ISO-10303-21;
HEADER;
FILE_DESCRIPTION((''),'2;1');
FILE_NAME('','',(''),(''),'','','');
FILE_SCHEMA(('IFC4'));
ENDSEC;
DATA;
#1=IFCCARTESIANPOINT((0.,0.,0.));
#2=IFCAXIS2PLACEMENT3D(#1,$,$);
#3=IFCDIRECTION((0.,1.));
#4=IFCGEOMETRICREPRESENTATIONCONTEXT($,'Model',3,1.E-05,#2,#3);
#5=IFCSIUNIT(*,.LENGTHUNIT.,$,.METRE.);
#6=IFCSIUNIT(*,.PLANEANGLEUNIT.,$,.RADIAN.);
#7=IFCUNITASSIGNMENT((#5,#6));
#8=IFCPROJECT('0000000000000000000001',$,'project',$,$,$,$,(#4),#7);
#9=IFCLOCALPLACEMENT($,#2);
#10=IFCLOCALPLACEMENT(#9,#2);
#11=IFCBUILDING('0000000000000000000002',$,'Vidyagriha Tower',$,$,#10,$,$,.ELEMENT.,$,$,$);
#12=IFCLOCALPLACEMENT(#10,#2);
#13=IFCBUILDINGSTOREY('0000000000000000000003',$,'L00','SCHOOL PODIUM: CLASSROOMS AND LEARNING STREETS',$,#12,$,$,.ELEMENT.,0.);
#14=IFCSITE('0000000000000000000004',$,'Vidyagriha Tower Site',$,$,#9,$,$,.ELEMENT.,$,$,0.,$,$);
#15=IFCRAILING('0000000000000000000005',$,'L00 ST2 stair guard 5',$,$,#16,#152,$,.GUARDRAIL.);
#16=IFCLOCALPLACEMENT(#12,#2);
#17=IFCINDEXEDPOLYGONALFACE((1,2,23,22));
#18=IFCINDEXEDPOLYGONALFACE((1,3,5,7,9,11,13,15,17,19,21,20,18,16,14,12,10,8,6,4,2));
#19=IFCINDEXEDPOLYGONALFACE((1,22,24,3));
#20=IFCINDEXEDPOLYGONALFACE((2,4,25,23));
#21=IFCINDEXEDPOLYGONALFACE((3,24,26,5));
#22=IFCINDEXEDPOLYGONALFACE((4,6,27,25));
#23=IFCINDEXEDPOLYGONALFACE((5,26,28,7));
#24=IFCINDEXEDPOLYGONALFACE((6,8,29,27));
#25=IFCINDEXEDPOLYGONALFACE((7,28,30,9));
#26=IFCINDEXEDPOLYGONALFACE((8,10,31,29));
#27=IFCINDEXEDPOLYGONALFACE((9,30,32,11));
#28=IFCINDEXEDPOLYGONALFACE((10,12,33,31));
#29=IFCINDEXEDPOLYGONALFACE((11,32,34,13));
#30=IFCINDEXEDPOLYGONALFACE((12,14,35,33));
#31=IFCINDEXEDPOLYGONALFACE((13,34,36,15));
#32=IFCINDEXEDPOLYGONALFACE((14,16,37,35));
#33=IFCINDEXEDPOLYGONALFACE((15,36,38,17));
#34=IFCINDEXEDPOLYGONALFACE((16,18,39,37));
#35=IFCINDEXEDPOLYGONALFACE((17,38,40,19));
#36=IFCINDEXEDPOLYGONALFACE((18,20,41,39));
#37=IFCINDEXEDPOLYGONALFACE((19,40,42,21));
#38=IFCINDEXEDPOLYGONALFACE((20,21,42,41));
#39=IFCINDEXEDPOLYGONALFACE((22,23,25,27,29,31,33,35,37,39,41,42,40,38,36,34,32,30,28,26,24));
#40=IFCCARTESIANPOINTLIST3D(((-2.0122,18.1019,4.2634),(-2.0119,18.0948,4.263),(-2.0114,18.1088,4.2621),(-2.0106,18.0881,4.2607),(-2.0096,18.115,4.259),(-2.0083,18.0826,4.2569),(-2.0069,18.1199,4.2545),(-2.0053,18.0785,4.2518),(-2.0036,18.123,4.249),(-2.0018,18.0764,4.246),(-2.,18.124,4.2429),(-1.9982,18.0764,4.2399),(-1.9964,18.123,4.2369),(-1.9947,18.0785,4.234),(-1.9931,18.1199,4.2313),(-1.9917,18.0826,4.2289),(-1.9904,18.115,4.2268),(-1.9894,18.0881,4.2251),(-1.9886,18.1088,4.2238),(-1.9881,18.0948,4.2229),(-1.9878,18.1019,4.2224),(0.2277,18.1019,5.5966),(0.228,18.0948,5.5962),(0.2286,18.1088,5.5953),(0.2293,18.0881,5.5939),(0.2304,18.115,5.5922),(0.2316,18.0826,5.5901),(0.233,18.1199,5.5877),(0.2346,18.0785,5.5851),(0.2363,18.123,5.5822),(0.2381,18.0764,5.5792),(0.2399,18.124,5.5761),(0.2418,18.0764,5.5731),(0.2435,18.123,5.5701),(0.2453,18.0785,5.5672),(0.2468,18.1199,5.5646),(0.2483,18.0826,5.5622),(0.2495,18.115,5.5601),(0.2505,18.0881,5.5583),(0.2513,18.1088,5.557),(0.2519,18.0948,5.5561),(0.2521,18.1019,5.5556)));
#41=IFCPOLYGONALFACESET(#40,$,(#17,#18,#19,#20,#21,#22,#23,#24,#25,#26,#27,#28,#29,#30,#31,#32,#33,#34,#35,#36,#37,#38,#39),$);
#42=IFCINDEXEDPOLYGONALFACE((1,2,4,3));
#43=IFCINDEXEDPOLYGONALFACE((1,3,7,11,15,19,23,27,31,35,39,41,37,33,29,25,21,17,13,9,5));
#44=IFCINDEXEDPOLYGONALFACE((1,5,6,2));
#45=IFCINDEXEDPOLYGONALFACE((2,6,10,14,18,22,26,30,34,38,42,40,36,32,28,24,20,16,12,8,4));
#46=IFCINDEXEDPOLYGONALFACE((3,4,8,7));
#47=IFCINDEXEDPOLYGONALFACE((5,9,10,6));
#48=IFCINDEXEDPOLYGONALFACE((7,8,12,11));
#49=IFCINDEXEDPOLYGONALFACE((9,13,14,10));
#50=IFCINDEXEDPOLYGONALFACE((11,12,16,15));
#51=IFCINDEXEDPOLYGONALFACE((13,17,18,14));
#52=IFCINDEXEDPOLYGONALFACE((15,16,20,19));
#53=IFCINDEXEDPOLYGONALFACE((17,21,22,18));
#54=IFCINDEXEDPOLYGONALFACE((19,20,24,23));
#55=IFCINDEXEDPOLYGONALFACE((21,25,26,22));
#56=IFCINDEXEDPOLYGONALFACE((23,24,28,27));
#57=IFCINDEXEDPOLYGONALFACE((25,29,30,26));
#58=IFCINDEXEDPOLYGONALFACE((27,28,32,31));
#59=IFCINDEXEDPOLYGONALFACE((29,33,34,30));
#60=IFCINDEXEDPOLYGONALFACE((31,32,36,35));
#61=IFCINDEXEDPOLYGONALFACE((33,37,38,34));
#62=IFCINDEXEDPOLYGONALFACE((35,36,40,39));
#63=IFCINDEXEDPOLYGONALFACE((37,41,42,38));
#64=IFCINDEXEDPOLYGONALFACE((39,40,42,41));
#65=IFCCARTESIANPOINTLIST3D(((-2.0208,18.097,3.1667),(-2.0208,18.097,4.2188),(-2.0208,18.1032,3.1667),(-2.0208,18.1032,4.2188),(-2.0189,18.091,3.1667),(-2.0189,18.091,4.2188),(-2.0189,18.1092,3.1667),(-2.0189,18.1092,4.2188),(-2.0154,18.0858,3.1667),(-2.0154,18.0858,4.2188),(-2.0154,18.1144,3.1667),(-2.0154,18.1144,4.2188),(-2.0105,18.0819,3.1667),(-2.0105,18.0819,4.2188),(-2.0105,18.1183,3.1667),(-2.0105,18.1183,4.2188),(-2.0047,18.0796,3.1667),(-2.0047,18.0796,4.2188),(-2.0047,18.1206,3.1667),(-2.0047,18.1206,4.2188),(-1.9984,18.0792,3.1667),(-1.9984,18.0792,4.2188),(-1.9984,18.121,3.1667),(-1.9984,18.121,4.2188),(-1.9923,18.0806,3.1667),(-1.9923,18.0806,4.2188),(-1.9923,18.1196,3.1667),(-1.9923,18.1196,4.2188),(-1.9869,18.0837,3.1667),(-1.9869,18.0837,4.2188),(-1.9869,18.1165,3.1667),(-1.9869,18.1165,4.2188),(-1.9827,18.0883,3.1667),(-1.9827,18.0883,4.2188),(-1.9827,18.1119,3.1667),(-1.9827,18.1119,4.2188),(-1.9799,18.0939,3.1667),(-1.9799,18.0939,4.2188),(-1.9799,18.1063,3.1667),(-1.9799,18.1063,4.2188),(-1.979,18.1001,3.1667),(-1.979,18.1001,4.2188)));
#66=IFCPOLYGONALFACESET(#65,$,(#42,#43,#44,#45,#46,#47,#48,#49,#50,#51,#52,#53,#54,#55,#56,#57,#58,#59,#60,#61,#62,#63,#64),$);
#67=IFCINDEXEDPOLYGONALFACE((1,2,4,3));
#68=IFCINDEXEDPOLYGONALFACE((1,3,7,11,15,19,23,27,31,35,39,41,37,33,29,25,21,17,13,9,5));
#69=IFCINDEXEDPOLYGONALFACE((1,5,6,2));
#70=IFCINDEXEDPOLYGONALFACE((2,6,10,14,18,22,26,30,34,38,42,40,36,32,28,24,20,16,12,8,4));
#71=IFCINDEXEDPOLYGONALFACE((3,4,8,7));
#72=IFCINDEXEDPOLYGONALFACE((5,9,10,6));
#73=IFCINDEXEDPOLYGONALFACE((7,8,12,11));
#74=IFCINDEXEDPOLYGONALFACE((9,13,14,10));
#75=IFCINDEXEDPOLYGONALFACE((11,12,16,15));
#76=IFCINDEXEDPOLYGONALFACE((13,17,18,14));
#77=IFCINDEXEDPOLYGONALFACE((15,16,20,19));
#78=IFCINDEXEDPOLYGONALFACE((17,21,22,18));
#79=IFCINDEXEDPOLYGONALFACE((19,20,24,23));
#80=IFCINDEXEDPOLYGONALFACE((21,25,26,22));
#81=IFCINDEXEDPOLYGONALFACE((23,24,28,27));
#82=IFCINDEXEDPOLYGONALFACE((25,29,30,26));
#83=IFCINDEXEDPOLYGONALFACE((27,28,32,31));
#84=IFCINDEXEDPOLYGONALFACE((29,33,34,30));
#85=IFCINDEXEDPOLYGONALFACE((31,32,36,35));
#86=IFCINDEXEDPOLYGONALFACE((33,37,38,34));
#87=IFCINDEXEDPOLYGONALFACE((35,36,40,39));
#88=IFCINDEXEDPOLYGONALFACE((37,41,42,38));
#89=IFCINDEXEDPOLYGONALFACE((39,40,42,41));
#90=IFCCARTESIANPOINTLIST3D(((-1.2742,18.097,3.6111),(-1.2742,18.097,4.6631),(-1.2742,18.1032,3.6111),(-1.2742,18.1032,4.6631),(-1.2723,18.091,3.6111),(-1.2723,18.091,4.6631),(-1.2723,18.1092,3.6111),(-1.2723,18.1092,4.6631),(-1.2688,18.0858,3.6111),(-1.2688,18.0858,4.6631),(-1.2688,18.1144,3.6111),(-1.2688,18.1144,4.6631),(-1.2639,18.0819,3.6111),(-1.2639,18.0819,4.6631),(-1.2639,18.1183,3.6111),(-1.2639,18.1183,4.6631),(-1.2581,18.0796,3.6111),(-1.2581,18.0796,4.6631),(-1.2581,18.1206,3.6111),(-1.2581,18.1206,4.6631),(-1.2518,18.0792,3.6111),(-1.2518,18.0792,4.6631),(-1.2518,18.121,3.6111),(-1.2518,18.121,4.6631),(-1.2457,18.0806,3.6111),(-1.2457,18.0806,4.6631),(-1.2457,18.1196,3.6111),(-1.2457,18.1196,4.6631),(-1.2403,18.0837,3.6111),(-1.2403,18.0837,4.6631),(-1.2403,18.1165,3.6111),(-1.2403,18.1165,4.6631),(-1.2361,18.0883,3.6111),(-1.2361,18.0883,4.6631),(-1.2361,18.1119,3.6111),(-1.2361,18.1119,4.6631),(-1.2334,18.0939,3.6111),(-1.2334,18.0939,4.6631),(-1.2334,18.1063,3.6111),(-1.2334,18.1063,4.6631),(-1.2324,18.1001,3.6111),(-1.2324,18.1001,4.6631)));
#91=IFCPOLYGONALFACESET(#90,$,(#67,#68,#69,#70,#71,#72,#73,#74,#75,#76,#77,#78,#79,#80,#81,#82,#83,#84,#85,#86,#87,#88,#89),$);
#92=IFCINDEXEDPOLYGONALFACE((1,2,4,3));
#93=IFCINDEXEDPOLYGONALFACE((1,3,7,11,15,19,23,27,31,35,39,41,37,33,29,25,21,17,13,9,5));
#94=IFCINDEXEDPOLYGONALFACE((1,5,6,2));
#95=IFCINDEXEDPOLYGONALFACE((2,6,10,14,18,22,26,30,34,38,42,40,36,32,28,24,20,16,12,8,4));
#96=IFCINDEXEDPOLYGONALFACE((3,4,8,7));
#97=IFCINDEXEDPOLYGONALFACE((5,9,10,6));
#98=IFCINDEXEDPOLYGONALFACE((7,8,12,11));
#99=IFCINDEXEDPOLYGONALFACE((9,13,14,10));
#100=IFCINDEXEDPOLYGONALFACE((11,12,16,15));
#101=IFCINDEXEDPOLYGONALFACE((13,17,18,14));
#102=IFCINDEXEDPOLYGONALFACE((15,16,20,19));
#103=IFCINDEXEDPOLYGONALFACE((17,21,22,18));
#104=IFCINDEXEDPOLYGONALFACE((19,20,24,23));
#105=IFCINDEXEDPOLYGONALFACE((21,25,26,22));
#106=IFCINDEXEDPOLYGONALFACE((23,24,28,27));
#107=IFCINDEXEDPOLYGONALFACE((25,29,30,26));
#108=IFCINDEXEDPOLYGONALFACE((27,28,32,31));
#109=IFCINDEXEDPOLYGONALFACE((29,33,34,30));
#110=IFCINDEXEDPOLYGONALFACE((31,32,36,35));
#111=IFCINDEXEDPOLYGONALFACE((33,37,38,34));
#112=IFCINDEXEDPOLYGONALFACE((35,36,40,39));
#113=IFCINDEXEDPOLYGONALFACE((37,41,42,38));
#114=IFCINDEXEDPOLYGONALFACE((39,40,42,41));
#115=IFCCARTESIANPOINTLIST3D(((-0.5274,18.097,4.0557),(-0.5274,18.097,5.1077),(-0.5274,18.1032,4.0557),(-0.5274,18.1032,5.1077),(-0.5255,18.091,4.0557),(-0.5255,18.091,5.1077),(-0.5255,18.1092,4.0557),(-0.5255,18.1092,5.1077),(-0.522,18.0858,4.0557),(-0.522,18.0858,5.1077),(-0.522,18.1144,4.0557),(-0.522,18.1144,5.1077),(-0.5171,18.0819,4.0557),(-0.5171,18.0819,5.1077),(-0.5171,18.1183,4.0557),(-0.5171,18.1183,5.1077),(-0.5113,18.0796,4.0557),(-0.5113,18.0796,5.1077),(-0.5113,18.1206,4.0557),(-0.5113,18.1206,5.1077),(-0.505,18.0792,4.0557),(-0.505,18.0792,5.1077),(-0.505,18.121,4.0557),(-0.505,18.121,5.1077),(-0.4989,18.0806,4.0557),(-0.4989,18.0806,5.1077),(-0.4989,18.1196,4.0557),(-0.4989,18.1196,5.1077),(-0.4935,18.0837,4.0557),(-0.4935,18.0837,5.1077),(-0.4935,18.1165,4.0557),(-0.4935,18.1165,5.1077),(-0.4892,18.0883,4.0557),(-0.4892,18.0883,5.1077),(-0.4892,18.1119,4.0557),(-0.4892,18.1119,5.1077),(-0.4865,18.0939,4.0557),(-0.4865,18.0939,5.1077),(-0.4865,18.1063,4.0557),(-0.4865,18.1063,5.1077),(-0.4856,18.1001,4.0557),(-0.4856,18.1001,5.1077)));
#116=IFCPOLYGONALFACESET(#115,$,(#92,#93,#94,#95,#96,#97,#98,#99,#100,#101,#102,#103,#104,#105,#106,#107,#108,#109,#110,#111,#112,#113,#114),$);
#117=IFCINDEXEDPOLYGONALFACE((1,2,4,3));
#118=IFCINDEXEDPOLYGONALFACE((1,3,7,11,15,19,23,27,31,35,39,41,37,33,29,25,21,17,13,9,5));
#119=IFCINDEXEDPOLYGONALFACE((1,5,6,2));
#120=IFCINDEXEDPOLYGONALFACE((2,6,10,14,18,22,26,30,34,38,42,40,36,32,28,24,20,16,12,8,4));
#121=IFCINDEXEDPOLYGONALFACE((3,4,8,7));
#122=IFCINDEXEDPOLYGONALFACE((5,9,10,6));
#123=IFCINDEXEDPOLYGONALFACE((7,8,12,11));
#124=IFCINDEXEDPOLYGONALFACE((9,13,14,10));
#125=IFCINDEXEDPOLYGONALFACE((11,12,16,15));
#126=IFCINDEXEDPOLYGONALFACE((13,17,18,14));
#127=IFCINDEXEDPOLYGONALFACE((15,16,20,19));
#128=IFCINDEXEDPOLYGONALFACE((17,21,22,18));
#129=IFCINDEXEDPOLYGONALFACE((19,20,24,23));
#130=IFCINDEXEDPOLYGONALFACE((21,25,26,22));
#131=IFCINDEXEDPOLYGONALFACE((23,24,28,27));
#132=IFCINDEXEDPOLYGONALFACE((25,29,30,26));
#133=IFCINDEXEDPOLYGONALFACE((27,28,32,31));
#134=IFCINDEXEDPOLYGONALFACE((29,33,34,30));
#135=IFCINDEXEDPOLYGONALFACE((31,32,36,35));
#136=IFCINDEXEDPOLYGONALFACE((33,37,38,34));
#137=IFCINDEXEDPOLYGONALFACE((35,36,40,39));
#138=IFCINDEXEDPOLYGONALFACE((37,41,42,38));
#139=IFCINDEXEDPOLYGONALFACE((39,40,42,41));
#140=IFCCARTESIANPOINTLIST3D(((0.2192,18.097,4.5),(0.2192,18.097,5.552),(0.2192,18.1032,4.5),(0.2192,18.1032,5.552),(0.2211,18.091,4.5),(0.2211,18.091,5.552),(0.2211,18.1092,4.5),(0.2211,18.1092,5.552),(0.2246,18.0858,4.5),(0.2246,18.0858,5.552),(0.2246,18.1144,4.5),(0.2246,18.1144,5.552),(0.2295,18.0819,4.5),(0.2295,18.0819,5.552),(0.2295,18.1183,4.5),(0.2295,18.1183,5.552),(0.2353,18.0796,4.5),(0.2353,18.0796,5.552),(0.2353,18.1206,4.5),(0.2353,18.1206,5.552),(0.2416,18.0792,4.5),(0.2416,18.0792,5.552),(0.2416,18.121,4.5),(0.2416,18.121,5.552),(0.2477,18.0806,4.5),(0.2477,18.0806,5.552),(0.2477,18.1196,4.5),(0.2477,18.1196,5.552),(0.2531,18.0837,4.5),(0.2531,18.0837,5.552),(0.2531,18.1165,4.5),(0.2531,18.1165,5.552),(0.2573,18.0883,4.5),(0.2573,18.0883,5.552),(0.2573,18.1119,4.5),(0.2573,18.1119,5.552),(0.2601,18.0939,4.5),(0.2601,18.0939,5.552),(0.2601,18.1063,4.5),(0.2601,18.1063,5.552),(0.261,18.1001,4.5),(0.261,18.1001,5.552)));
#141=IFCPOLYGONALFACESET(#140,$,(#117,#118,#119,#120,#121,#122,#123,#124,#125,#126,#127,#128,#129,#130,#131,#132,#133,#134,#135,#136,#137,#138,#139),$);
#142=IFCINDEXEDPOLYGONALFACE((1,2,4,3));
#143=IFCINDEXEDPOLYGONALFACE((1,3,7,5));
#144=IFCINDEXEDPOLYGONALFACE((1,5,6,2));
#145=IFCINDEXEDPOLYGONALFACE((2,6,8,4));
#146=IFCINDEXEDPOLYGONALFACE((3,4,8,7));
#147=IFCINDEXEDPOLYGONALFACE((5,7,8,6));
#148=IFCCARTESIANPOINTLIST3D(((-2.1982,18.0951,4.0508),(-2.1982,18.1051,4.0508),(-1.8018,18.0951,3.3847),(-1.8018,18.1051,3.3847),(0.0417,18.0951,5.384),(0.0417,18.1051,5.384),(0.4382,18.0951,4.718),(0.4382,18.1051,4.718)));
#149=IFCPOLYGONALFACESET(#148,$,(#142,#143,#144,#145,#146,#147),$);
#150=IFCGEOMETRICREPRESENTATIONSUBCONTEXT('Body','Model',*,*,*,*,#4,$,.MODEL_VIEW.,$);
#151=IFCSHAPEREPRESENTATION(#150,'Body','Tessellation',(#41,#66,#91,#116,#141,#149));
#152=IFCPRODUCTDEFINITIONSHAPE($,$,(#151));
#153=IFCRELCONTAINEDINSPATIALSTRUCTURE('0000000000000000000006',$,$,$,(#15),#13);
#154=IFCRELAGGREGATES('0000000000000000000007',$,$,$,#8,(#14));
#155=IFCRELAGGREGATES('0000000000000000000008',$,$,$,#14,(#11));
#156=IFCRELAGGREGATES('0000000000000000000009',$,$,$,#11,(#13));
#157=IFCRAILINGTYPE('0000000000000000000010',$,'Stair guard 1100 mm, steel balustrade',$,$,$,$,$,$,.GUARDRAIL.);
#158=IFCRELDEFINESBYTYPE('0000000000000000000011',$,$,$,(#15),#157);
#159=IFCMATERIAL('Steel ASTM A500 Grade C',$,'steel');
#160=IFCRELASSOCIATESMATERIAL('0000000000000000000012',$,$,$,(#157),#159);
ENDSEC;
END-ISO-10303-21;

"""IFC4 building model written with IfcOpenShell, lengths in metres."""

from ifc_helpers import new_model, si_unit, direction, frame, origin, origin_2d, place, context, subcontext, project, spatial, rectangle, circle, extrude, material, type_object, element, save


model = new_model("IFC4")

# Units and contexts
model_context = context("Model", 3, precision=1e-05, world=origin(), true_north=direction((0.0, 1.0)))
body_context = subcontext(model_context, "Body", "Model", "MODEL_VIEW")
ifc_project = project(units=[si_unit("LENGTHUNIT", "METRE"), si_unit("PLANEANGLEUNIT", "RADIAN")], contexts=[model_context])

# Site, building, storey
site_placement = place(None, origin())
site = spatial("IfcSite", under=ifc_project, at=site_placement, Name="Vidyagriha Tower Site", CompositionType="ELEMENT", RefElevation=0.0)
building_placement = place(site_placement, origin())
building = spatial("IfcBuilding", under=site, at=building_placement, Name="Vidyagriha Tower", CompositionType="ELEMENT")
storey_placement = place(building_placement, origin())
storey = spatial("IfcBuildingStorey", under=building, at=storey_placement, Name="L00", Description="SCHOOL PODIUM: CLASSROOMS AND LEARNING STREETS", CompositionType="ELEMENT", Elevation=0.0)

# Railing
ifc_material_1 = material(Name="Steel ASTM A500 Grade C", Category="steel")
railing_type_1 = type_object("IfcRailingType", Name="Stair guard 1100 mm, steel balustrade", PredefinedType="GUARDRAIL", material=ifc_material_1)
railing_1_placement = place(storey_placement, frame((-2.0, 18.1001, 3.1667)))
element("IfcRailing", 1, at=railing_1_placement, inside=storey, type_object=railing_type_1, Name="L00 ST2 stair guard 5", PredefinedType="GUARDRAIL", context=body_context, shape_type="SweptSolid", body=[
    extrude(circle(Radius=0.0239, at=origin_2d()), frame((0.0, 0.0, 1.0762), z_axis=(0.859306, 0.0, 0.511462), x_axis=(0.0, 1.0, 0.0)), (0.0, 0.0, 1.0), 2.6067),
    extrude(circle(Radius=0.021, at=origin_2d()), origin(), (0.0, 0.0, 1.0), 1.052),
    extrude(circle(Radius=0.021, at=origin_2d()), frame((0.7466, 0.0, 0.4443)), (0.0, 0.0, 1.0), 1.052),
    extrude(circle(Radius=0.021, at=origin_2d()), frame((1.4934, 0.0, 0.8889)), (0.0, 0.0, 1.0), 1.052),
    extrude(circle(Radius=0.021, at=origin_2d()), frame((2.24, 0.0, 1.3333)), (0.0, 0.0, 1.0), 1.052),
    extrude(rectangle(XDim=0.01, YDim=0.7751, at=origin_2d()), frame((0.0, 0.0, 0.551), z_axis=(0.859306, 0.0, 0.511462), x_axis=(0.0, 1.0, 0.0)), (0.0, 0.0, 1.0), 2.6067),
])

save(model, "model.ifc")
